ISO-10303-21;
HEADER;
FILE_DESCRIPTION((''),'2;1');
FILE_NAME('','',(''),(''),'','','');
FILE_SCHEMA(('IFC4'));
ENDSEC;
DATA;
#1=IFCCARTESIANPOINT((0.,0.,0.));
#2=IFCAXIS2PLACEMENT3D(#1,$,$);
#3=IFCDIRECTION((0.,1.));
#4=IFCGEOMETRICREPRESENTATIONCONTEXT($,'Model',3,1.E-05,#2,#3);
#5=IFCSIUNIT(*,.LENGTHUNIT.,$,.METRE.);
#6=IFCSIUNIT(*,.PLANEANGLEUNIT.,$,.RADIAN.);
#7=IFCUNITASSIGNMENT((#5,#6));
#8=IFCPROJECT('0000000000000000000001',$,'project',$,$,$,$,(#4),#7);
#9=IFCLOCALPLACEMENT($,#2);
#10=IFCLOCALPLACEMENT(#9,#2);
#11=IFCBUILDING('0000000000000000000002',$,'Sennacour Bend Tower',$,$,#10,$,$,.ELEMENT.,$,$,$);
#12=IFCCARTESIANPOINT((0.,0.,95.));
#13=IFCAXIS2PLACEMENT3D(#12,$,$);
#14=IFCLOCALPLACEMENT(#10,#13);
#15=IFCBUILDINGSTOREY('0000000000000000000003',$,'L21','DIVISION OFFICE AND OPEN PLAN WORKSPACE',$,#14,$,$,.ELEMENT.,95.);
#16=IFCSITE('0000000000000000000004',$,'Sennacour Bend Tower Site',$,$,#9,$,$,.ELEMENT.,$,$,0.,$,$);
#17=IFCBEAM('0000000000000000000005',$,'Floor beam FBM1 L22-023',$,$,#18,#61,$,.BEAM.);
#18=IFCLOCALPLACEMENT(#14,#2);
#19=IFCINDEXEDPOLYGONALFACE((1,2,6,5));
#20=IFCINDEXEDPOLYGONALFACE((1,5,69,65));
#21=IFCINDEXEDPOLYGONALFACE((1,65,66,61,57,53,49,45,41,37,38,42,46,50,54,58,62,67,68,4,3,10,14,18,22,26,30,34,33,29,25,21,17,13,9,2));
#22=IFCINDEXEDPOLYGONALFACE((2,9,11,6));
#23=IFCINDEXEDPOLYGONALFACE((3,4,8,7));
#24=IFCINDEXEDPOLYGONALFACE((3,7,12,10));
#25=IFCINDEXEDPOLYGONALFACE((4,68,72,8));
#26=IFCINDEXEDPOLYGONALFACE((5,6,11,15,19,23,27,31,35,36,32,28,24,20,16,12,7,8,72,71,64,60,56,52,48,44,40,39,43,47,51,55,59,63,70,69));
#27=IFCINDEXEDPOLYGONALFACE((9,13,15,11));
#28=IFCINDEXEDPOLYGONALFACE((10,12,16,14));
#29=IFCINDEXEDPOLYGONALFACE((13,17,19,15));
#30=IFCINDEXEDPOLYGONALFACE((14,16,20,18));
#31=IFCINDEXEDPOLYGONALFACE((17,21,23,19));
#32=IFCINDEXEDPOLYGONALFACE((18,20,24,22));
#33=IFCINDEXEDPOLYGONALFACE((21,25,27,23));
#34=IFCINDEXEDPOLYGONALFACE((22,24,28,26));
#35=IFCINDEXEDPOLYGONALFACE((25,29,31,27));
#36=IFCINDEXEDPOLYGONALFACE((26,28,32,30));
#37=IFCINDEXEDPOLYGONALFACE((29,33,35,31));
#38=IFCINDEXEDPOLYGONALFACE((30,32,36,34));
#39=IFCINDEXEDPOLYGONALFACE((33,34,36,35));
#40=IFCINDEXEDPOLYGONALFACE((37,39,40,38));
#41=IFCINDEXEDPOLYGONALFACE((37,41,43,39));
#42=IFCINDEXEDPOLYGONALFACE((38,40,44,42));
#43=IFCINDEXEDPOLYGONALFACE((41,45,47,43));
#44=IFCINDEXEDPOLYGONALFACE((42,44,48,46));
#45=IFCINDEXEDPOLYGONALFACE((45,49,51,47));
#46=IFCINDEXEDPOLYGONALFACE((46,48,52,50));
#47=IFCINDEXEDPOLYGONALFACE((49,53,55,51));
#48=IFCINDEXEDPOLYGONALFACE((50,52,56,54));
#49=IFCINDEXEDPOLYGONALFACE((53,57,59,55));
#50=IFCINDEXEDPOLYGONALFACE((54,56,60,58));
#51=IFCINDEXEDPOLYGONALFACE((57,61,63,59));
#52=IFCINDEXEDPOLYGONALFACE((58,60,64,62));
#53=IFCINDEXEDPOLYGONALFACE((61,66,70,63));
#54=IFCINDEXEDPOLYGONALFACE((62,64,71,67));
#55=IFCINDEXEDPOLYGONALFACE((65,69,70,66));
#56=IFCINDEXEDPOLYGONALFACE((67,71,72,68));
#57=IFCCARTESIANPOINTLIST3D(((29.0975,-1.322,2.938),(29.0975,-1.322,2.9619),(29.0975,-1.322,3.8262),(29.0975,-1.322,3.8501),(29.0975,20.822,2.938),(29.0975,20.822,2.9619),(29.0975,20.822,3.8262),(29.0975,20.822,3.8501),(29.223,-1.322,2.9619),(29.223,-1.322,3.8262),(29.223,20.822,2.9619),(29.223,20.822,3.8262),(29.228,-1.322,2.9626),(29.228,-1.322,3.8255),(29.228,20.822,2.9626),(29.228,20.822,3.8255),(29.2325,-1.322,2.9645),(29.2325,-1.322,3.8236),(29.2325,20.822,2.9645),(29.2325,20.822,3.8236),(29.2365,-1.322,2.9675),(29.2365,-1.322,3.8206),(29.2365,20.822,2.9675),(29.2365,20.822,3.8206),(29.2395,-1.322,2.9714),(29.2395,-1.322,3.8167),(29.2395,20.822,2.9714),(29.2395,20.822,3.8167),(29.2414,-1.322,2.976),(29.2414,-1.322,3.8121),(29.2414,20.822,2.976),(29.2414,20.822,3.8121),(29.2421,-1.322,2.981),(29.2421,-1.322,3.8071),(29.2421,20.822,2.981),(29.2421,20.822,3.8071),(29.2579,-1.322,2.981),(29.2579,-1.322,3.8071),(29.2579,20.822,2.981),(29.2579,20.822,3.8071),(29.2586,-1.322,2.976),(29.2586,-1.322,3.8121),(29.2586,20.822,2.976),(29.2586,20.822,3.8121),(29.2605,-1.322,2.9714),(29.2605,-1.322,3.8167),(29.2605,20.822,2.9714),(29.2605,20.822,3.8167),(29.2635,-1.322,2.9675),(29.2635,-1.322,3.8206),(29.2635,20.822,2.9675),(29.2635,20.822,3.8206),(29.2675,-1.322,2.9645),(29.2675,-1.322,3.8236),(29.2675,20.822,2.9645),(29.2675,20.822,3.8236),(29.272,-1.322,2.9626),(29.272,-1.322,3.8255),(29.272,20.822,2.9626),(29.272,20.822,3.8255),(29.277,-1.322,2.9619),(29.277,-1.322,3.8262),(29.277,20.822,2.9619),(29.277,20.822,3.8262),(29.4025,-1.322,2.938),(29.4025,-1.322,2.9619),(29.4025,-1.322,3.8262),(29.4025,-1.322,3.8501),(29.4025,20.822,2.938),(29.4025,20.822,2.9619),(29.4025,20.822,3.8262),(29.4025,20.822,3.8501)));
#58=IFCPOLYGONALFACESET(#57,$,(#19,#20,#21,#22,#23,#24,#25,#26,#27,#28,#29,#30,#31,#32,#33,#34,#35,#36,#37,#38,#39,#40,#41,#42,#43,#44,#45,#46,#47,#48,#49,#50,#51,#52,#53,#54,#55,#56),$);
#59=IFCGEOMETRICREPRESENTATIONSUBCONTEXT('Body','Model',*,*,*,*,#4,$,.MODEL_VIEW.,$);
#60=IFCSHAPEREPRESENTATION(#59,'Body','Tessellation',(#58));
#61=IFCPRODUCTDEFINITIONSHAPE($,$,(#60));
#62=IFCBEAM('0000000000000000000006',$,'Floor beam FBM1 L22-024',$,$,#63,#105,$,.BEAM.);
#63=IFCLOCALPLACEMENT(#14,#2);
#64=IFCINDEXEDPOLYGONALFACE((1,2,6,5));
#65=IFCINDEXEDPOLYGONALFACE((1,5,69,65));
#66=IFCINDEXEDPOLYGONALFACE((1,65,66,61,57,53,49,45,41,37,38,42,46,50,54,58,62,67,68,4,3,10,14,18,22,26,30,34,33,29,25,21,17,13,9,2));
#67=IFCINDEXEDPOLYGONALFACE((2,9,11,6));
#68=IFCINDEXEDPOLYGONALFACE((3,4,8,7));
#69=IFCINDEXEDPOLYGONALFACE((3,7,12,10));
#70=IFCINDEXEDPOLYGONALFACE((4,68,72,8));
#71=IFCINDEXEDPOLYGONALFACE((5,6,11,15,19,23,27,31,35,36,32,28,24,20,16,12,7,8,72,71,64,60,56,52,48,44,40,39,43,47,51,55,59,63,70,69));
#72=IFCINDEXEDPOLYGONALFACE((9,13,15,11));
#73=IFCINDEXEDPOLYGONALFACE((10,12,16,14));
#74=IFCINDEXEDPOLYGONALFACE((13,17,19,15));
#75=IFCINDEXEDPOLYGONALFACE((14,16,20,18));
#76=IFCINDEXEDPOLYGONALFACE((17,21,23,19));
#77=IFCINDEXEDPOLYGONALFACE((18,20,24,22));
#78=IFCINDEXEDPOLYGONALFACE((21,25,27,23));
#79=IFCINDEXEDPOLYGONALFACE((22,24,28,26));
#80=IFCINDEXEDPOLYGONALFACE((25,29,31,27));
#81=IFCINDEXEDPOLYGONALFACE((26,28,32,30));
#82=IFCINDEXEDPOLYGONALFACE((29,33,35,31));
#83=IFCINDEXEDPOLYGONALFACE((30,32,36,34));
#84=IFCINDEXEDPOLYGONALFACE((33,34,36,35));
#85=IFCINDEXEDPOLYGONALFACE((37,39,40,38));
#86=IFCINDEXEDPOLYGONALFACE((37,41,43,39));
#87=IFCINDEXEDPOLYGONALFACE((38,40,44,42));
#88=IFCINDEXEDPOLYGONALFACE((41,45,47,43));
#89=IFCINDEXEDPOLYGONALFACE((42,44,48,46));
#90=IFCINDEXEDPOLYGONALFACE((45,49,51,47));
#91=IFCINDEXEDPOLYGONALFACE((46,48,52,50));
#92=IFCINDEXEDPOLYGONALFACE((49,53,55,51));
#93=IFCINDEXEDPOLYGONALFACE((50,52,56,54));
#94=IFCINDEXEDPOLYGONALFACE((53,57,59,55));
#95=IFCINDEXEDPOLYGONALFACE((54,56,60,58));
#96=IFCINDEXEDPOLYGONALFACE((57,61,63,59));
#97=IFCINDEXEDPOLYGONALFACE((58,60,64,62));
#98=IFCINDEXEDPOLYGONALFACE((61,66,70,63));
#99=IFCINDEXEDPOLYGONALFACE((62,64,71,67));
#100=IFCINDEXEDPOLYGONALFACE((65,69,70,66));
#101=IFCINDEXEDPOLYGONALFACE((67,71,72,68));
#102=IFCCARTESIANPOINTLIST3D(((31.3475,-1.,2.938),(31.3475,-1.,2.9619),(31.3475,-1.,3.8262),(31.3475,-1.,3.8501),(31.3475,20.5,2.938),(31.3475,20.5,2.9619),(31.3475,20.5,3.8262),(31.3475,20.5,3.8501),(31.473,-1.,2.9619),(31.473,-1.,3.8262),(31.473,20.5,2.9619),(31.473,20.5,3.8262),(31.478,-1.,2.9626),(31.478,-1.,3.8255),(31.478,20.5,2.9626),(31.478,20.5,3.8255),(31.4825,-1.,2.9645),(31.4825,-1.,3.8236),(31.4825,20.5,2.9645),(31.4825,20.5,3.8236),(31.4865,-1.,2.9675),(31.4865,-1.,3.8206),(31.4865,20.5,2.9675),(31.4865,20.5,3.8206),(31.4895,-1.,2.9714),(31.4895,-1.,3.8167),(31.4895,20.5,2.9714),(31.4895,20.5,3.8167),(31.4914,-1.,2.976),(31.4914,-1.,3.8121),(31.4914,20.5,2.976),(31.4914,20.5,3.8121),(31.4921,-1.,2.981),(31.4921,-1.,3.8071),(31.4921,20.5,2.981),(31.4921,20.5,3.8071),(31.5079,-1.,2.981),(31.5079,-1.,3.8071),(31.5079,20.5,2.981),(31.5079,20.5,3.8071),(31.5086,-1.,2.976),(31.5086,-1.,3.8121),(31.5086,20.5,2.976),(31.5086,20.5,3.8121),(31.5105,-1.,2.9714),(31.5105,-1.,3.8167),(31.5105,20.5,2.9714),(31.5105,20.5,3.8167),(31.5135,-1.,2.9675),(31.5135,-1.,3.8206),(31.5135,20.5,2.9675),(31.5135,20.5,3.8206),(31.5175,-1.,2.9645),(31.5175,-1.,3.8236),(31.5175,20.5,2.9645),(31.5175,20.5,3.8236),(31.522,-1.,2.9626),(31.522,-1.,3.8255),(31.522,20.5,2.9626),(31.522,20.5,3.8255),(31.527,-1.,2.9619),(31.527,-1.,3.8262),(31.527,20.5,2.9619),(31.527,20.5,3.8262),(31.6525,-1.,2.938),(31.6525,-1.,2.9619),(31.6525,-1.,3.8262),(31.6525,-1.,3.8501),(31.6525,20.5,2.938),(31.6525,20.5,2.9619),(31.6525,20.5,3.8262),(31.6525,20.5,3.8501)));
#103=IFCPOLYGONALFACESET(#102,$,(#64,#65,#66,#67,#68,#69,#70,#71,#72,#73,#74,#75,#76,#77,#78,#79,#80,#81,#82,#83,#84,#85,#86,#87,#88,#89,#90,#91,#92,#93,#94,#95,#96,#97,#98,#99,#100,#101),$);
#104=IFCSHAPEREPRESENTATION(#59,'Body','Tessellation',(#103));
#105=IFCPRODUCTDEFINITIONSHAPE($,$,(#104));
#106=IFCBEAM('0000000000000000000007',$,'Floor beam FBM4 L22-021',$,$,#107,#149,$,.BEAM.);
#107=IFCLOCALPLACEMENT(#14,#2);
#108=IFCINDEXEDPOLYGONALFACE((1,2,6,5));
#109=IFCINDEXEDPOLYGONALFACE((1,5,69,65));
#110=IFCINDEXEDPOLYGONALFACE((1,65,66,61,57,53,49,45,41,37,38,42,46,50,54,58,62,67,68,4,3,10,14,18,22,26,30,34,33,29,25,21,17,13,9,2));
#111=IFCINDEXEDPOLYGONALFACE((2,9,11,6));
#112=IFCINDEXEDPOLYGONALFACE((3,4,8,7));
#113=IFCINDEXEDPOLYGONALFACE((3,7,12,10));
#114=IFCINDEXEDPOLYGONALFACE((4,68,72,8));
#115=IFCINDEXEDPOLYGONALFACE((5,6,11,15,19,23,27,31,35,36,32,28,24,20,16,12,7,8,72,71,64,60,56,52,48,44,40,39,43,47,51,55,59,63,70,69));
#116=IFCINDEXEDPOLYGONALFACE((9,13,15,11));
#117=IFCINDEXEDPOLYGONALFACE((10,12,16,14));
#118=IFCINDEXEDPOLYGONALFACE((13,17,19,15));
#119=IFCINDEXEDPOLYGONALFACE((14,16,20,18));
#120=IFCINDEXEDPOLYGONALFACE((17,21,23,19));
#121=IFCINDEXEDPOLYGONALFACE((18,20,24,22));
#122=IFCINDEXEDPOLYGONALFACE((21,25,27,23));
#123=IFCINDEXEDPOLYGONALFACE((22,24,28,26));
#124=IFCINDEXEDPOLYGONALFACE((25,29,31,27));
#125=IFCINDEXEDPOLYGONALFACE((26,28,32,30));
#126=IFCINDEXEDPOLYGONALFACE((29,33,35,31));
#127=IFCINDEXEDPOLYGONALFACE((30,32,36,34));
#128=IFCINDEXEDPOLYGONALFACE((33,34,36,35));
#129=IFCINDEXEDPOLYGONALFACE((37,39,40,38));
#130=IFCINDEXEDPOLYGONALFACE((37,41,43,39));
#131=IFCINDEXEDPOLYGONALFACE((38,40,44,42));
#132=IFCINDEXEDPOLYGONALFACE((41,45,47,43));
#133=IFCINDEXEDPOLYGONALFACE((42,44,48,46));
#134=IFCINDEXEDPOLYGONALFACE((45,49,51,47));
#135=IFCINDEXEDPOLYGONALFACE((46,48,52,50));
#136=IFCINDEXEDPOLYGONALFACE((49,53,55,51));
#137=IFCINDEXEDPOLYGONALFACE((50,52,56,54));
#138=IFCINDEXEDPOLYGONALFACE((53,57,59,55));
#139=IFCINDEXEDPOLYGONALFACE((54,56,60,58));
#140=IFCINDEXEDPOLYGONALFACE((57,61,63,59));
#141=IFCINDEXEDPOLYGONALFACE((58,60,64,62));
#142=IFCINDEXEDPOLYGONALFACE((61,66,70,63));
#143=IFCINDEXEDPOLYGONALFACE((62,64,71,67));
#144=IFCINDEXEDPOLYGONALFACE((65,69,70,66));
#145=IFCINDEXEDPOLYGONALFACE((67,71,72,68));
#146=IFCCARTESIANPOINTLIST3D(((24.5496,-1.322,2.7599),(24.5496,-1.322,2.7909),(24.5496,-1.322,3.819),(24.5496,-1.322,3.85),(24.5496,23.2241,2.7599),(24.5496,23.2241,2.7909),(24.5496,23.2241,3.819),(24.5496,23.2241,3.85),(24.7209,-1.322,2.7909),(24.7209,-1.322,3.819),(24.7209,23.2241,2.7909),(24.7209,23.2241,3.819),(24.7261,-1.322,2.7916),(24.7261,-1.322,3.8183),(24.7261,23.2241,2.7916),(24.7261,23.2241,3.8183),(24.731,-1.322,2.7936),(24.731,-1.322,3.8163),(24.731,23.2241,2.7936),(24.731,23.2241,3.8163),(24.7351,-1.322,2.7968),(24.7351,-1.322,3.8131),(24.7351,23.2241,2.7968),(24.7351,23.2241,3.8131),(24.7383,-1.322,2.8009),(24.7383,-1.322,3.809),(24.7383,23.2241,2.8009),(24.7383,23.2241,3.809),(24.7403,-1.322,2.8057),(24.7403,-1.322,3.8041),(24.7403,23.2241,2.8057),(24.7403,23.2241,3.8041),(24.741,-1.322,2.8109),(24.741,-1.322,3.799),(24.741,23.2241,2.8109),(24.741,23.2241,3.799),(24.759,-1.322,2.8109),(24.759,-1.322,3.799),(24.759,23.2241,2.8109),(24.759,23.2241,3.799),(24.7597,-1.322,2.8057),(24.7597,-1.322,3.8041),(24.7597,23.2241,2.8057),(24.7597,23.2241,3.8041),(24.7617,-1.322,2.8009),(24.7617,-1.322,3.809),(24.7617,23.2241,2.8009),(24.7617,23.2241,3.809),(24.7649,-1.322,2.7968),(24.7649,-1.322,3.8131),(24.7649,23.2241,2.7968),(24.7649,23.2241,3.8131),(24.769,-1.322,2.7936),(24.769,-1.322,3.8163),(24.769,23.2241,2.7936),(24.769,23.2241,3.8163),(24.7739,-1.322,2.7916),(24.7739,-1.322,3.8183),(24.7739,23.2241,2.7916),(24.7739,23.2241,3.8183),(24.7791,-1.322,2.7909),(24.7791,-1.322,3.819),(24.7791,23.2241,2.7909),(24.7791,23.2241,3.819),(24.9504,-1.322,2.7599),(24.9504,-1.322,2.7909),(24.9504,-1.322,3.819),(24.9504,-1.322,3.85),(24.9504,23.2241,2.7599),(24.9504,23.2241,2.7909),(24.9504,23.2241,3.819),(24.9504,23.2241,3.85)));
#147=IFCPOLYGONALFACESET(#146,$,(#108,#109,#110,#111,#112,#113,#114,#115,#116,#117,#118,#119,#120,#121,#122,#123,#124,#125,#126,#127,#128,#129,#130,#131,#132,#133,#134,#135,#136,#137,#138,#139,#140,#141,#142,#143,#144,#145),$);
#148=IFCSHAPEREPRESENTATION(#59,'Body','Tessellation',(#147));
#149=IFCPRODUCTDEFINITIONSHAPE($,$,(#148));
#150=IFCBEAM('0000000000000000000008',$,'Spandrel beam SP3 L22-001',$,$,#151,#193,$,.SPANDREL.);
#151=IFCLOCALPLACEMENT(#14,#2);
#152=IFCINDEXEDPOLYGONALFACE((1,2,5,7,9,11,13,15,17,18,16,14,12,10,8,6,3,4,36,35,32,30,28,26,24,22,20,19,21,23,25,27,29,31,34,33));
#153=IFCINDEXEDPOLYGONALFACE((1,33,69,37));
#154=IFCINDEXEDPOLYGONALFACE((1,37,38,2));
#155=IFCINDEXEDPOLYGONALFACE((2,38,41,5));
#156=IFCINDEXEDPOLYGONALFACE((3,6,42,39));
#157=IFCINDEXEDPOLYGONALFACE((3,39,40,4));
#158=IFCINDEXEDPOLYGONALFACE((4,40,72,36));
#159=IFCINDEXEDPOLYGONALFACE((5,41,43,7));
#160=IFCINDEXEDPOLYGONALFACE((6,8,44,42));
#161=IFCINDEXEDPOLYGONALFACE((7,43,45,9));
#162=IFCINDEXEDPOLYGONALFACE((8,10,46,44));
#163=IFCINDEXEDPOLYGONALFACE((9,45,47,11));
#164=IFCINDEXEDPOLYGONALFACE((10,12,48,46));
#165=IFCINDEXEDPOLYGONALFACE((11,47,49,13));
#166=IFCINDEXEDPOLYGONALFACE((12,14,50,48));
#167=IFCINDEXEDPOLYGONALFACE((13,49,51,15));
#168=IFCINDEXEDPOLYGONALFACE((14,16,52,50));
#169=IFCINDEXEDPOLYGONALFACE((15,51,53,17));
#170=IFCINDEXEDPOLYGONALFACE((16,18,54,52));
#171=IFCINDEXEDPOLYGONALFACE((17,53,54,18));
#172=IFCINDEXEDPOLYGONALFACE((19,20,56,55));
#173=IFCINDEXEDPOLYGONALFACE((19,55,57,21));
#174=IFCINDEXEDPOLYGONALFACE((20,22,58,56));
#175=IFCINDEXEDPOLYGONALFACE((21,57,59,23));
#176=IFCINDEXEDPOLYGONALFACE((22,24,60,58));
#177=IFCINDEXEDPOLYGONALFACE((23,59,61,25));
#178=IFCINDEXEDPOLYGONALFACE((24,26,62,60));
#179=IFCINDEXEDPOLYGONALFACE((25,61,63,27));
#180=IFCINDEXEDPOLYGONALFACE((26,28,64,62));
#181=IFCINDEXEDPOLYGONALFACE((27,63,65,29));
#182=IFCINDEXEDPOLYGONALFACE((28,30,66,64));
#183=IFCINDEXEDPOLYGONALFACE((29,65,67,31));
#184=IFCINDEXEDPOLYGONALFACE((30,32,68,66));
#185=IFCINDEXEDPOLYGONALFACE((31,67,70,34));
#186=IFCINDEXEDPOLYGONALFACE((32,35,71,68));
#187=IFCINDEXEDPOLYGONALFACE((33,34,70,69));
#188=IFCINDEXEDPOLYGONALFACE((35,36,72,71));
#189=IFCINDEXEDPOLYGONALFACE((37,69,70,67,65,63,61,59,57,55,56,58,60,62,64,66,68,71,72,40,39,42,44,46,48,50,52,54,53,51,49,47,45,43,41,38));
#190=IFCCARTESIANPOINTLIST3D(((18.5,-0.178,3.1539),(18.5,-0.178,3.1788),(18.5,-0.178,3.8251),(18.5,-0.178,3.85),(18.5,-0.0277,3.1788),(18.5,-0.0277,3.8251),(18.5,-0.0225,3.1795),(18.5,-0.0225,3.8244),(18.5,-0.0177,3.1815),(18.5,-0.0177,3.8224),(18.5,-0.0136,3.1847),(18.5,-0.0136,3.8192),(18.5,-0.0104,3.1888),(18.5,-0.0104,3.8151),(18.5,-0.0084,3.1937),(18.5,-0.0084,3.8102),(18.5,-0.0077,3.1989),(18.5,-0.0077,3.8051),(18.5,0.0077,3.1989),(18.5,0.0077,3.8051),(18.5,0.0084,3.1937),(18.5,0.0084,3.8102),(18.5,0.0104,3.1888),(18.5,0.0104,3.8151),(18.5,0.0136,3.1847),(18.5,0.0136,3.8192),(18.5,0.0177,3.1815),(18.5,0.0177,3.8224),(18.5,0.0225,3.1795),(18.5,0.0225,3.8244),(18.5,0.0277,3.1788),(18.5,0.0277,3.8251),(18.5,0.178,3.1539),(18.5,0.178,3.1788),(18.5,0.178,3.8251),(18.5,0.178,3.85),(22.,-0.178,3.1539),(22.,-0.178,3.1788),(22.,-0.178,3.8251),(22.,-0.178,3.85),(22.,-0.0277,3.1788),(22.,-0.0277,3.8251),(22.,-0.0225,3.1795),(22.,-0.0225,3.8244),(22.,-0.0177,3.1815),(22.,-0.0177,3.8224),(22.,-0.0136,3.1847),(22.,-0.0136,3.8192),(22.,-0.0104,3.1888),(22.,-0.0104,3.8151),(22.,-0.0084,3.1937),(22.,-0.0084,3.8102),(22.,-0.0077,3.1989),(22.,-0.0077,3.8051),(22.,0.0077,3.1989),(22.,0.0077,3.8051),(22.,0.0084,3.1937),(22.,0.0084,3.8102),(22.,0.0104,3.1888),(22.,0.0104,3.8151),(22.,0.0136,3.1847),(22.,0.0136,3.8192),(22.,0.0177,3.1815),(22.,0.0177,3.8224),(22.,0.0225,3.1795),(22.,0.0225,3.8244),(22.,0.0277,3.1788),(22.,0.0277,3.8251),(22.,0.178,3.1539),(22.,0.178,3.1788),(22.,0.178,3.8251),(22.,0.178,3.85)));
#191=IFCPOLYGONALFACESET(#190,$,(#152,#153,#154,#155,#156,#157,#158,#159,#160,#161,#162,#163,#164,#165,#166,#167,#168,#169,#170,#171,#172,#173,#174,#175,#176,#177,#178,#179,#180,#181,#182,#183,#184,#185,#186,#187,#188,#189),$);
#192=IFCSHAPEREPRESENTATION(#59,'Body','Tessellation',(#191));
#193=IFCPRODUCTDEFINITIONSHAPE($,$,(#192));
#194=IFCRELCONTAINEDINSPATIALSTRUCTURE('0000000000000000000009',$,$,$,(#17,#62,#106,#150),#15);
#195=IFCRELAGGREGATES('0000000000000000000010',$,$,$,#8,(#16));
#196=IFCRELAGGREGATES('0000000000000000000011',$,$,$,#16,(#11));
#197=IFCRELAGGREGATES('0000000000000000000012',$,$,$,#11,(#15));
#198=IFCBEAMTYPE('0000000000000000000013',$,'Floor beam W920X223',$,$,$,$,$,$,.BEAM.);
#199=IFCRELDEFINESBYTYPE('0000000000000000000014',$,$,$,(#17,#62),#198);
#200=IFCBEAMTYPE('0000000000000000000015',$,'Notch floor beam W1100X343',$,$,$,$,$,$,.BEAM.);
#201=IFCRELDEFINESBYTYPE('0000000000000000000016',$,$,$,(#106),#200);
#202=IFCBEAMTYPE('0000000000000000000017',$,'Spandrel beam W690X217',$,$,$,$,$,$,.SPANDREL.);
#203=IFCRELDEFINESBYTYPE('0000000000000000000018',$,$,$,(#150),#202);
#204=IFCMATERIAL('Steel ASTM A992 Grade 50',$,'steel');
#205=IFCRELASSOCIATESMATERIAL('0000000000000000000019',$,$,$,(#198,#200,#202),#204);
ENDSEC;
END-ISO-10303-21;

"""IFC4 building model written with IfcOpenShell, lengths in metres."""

from ifc_helpers import new_model, si_unit, direction, frame, origin, origin_2d, place, context, subcontext, project, spatial, i_section, extrude, material, material_profile, profile_set, type_object, element, save


model = new_model("IFC4")

# Units and contexts
model_context = context("Model", 3, precision=1e-05, world=origin(), true_north=direction((0.0, 1.0)))
body_context = subcontext(model_context, "Body", "Model", "MODEL_VIEW")
ifc_project = project(units=[si_unit("LENGTHUNIT", "METRE"), si_unit("PLANEANGLEUNIT", "RADIAN")], contexts=[model_context])

# Site, building, storey
site_placement = place(None, origin())
site = spatial("IfcSite", under=ifc_project, at=site_placement, Name="Sennacour Bend Tower Site", CompositionType="ELEMENT", RefElevation=0.0)
building_placement = place(site_placement, origin())
building = spatial("IfcBuilding", under=site, at=building_placement, Name="Sennacour Bend Tower", CompositionType="ELEMENT")
storey_placement = place(building_placement, frame((0.0, 0.0, 95.0)))
storey = spatial("IfcBuildingStorey", under=building, at=storey_placement, Name="L21", Description="DIVISION OFFICE AND OPEN PLAN WORKSPACE", CompositionType="ELEMENT", Elevation=95.0)

# Beams
ifc_material_1 = material(Name="Steel ASTM A992 Grade 50", Category="steel")
ifc_material_profile_1 = material_profile(ifc_material_1, i_section(OverallWidth=0.3049, OverallDepth=0.9121, WebThickness=0.0159, FlangeThickness=0.0239, FilletRadius=0.019, at=origin_2d()), Name="Steel ASTM A992 Grade 50", Category="steel")
ifc_profile_set_1 = profile_set([ifc_material_profile_1], Name="Steel ASTM A992 Grade 50")
beam_type_1 = type_object("IfcBeamType", Name="Floor beam W920X223", PredefinedType="BEAM", material=ifc_profile_set_1)
beam_1_placement = place(storey_placement, frame((29.25, -1.322, 3.394), z_axis=(0.0, 1.0, 0.0), x_axis=(-1.0, 0.0, 0.0)))
element("IfcBeam", 1, at=beam_1_placement, inside=storey, type_object=beam_type_1, Name="Floor beam FBM1 L22-023", PredefinedType="BEAM", context=body_context, shape_type="SweptSolid", body=[
    extrude(i_section(OverallWidth=0.3049, OverallDepth=0.9121, WebThickness=0.0159, FlangeThickness=0.0239, FilletRadius=0.019, at=origin_2d()), origin(), (0.0, 0.0, 1.0), 22.144),
])
beam_2_placement = place(storey_placement, frame((31.5, -1.0, 3.394), z_axis=(0.0, 1.0, 0.0), x_axis=(-1.0, 0.0, 0.0)))
element("IfcBeam", 2, at=beam_2_placement, inside=storey, type_object=beam_type_1, Name="Floor beam FBM1 L22-024", PredefinedType="BEAM", context=body_context, shape_type="SweptSolid", body=[
    extrude(i_section(OverallWidth=0.3049, OverallDepth=0.9121, WebThickness=0.0159, FlangeThickness=0.0239, FilletRadius=0.019, at=origin_2d()), origin(), (0.0, 0.0, 1.0), 21.5),
])
ifc_material_profile_2 = material_profile(ifc_material_1, i_section(OverallWidth=0.4009, OverallDepth=1.0901, WebThickness=0.0181, FlangeThickness=0.031, FilletRadius=0.02, at=origin_2d()), Name="Steel ASTM A992 Grade 50", Category="steel")
ifc_profile_set_2 = profile_set([ifc_material_profile_2], Name="Steel ASTM A992 Grade 50")
beam_type_2 = type_object("IfcBeamType", Name="Notch floor beam W1100X343", PredefinedType="BEAM", material=ifc_profile_set_2)
beam_3_placement = place(storey_placement, frame((24.75, -1.322, 3.3049), z_axis=(0.0, 1.0, 0.0), x_axis=(-1.0, 0.0, 0.0)))
element("IfcBeam", 3, at=beam_3_placement, inside=storey, type_object=beam_type_2, Name="Floor beam FBM4 L22-021", PredefinedType="BEAM", context=body_context, shape_type="SweptSolid", body=[
    extrude(i_section(OverallWidth=0.4009, OverallDepth=1.0901, WebThickness=0.0181, FlangeThickness=0.031, FilletRadius=0.02, at=origin_2d()), origin(), (0.0, 0.0, 1.0), 24.5461),
])
ifc_material_profile_3 = material_profile(ifc_material_1, i_section(OverallWidth=0.356, OverallDepth=0.696, WebThickness=0.0154, FlangeThickness=0.0249, FilletRadius=0.02, at=origin_2d()), Name="Steel ASTM A992 Grade 50", Category="steel")
ifc_profile_set_3 = profile_set([ifc_material_profile_3], Name="Steel ASTM A992 Grade 50")
beam_type_3 = type_object("IfcBeamType", Name="Spandrel beam W690X217", PredefinedType="SPANDREL", material=ifc_profile_set_3)
for number, where, z_axis, x_axis, name in (
    (4, (22.0, 0.0, 3.502), (-1.0, 0.0, 0.0), (0.0, -1.0, 0.0), "Spandrel beam SP3 L22-001"),
):
    element("IfcBeam", number, at=place(storey_placement, frame(where, z_axis=z_axis, x_axis=x_axis)), inside=storey, type_object=beam_type_3, Name=name, PredefinedType="SPANDREL", context=body_context, shape_type="SweptSolid", body=[
        extrude(i_section(OverallWidth=0.356, OverallDepth=0.696, WebThickness=0.0154, FlangeThickness=0.0249, FilletRadius=0.02, at=origin_2d()), origin(), (0.0, 0.0, 1.0), 3.5),
    ])

save(model, "model.ifc")
